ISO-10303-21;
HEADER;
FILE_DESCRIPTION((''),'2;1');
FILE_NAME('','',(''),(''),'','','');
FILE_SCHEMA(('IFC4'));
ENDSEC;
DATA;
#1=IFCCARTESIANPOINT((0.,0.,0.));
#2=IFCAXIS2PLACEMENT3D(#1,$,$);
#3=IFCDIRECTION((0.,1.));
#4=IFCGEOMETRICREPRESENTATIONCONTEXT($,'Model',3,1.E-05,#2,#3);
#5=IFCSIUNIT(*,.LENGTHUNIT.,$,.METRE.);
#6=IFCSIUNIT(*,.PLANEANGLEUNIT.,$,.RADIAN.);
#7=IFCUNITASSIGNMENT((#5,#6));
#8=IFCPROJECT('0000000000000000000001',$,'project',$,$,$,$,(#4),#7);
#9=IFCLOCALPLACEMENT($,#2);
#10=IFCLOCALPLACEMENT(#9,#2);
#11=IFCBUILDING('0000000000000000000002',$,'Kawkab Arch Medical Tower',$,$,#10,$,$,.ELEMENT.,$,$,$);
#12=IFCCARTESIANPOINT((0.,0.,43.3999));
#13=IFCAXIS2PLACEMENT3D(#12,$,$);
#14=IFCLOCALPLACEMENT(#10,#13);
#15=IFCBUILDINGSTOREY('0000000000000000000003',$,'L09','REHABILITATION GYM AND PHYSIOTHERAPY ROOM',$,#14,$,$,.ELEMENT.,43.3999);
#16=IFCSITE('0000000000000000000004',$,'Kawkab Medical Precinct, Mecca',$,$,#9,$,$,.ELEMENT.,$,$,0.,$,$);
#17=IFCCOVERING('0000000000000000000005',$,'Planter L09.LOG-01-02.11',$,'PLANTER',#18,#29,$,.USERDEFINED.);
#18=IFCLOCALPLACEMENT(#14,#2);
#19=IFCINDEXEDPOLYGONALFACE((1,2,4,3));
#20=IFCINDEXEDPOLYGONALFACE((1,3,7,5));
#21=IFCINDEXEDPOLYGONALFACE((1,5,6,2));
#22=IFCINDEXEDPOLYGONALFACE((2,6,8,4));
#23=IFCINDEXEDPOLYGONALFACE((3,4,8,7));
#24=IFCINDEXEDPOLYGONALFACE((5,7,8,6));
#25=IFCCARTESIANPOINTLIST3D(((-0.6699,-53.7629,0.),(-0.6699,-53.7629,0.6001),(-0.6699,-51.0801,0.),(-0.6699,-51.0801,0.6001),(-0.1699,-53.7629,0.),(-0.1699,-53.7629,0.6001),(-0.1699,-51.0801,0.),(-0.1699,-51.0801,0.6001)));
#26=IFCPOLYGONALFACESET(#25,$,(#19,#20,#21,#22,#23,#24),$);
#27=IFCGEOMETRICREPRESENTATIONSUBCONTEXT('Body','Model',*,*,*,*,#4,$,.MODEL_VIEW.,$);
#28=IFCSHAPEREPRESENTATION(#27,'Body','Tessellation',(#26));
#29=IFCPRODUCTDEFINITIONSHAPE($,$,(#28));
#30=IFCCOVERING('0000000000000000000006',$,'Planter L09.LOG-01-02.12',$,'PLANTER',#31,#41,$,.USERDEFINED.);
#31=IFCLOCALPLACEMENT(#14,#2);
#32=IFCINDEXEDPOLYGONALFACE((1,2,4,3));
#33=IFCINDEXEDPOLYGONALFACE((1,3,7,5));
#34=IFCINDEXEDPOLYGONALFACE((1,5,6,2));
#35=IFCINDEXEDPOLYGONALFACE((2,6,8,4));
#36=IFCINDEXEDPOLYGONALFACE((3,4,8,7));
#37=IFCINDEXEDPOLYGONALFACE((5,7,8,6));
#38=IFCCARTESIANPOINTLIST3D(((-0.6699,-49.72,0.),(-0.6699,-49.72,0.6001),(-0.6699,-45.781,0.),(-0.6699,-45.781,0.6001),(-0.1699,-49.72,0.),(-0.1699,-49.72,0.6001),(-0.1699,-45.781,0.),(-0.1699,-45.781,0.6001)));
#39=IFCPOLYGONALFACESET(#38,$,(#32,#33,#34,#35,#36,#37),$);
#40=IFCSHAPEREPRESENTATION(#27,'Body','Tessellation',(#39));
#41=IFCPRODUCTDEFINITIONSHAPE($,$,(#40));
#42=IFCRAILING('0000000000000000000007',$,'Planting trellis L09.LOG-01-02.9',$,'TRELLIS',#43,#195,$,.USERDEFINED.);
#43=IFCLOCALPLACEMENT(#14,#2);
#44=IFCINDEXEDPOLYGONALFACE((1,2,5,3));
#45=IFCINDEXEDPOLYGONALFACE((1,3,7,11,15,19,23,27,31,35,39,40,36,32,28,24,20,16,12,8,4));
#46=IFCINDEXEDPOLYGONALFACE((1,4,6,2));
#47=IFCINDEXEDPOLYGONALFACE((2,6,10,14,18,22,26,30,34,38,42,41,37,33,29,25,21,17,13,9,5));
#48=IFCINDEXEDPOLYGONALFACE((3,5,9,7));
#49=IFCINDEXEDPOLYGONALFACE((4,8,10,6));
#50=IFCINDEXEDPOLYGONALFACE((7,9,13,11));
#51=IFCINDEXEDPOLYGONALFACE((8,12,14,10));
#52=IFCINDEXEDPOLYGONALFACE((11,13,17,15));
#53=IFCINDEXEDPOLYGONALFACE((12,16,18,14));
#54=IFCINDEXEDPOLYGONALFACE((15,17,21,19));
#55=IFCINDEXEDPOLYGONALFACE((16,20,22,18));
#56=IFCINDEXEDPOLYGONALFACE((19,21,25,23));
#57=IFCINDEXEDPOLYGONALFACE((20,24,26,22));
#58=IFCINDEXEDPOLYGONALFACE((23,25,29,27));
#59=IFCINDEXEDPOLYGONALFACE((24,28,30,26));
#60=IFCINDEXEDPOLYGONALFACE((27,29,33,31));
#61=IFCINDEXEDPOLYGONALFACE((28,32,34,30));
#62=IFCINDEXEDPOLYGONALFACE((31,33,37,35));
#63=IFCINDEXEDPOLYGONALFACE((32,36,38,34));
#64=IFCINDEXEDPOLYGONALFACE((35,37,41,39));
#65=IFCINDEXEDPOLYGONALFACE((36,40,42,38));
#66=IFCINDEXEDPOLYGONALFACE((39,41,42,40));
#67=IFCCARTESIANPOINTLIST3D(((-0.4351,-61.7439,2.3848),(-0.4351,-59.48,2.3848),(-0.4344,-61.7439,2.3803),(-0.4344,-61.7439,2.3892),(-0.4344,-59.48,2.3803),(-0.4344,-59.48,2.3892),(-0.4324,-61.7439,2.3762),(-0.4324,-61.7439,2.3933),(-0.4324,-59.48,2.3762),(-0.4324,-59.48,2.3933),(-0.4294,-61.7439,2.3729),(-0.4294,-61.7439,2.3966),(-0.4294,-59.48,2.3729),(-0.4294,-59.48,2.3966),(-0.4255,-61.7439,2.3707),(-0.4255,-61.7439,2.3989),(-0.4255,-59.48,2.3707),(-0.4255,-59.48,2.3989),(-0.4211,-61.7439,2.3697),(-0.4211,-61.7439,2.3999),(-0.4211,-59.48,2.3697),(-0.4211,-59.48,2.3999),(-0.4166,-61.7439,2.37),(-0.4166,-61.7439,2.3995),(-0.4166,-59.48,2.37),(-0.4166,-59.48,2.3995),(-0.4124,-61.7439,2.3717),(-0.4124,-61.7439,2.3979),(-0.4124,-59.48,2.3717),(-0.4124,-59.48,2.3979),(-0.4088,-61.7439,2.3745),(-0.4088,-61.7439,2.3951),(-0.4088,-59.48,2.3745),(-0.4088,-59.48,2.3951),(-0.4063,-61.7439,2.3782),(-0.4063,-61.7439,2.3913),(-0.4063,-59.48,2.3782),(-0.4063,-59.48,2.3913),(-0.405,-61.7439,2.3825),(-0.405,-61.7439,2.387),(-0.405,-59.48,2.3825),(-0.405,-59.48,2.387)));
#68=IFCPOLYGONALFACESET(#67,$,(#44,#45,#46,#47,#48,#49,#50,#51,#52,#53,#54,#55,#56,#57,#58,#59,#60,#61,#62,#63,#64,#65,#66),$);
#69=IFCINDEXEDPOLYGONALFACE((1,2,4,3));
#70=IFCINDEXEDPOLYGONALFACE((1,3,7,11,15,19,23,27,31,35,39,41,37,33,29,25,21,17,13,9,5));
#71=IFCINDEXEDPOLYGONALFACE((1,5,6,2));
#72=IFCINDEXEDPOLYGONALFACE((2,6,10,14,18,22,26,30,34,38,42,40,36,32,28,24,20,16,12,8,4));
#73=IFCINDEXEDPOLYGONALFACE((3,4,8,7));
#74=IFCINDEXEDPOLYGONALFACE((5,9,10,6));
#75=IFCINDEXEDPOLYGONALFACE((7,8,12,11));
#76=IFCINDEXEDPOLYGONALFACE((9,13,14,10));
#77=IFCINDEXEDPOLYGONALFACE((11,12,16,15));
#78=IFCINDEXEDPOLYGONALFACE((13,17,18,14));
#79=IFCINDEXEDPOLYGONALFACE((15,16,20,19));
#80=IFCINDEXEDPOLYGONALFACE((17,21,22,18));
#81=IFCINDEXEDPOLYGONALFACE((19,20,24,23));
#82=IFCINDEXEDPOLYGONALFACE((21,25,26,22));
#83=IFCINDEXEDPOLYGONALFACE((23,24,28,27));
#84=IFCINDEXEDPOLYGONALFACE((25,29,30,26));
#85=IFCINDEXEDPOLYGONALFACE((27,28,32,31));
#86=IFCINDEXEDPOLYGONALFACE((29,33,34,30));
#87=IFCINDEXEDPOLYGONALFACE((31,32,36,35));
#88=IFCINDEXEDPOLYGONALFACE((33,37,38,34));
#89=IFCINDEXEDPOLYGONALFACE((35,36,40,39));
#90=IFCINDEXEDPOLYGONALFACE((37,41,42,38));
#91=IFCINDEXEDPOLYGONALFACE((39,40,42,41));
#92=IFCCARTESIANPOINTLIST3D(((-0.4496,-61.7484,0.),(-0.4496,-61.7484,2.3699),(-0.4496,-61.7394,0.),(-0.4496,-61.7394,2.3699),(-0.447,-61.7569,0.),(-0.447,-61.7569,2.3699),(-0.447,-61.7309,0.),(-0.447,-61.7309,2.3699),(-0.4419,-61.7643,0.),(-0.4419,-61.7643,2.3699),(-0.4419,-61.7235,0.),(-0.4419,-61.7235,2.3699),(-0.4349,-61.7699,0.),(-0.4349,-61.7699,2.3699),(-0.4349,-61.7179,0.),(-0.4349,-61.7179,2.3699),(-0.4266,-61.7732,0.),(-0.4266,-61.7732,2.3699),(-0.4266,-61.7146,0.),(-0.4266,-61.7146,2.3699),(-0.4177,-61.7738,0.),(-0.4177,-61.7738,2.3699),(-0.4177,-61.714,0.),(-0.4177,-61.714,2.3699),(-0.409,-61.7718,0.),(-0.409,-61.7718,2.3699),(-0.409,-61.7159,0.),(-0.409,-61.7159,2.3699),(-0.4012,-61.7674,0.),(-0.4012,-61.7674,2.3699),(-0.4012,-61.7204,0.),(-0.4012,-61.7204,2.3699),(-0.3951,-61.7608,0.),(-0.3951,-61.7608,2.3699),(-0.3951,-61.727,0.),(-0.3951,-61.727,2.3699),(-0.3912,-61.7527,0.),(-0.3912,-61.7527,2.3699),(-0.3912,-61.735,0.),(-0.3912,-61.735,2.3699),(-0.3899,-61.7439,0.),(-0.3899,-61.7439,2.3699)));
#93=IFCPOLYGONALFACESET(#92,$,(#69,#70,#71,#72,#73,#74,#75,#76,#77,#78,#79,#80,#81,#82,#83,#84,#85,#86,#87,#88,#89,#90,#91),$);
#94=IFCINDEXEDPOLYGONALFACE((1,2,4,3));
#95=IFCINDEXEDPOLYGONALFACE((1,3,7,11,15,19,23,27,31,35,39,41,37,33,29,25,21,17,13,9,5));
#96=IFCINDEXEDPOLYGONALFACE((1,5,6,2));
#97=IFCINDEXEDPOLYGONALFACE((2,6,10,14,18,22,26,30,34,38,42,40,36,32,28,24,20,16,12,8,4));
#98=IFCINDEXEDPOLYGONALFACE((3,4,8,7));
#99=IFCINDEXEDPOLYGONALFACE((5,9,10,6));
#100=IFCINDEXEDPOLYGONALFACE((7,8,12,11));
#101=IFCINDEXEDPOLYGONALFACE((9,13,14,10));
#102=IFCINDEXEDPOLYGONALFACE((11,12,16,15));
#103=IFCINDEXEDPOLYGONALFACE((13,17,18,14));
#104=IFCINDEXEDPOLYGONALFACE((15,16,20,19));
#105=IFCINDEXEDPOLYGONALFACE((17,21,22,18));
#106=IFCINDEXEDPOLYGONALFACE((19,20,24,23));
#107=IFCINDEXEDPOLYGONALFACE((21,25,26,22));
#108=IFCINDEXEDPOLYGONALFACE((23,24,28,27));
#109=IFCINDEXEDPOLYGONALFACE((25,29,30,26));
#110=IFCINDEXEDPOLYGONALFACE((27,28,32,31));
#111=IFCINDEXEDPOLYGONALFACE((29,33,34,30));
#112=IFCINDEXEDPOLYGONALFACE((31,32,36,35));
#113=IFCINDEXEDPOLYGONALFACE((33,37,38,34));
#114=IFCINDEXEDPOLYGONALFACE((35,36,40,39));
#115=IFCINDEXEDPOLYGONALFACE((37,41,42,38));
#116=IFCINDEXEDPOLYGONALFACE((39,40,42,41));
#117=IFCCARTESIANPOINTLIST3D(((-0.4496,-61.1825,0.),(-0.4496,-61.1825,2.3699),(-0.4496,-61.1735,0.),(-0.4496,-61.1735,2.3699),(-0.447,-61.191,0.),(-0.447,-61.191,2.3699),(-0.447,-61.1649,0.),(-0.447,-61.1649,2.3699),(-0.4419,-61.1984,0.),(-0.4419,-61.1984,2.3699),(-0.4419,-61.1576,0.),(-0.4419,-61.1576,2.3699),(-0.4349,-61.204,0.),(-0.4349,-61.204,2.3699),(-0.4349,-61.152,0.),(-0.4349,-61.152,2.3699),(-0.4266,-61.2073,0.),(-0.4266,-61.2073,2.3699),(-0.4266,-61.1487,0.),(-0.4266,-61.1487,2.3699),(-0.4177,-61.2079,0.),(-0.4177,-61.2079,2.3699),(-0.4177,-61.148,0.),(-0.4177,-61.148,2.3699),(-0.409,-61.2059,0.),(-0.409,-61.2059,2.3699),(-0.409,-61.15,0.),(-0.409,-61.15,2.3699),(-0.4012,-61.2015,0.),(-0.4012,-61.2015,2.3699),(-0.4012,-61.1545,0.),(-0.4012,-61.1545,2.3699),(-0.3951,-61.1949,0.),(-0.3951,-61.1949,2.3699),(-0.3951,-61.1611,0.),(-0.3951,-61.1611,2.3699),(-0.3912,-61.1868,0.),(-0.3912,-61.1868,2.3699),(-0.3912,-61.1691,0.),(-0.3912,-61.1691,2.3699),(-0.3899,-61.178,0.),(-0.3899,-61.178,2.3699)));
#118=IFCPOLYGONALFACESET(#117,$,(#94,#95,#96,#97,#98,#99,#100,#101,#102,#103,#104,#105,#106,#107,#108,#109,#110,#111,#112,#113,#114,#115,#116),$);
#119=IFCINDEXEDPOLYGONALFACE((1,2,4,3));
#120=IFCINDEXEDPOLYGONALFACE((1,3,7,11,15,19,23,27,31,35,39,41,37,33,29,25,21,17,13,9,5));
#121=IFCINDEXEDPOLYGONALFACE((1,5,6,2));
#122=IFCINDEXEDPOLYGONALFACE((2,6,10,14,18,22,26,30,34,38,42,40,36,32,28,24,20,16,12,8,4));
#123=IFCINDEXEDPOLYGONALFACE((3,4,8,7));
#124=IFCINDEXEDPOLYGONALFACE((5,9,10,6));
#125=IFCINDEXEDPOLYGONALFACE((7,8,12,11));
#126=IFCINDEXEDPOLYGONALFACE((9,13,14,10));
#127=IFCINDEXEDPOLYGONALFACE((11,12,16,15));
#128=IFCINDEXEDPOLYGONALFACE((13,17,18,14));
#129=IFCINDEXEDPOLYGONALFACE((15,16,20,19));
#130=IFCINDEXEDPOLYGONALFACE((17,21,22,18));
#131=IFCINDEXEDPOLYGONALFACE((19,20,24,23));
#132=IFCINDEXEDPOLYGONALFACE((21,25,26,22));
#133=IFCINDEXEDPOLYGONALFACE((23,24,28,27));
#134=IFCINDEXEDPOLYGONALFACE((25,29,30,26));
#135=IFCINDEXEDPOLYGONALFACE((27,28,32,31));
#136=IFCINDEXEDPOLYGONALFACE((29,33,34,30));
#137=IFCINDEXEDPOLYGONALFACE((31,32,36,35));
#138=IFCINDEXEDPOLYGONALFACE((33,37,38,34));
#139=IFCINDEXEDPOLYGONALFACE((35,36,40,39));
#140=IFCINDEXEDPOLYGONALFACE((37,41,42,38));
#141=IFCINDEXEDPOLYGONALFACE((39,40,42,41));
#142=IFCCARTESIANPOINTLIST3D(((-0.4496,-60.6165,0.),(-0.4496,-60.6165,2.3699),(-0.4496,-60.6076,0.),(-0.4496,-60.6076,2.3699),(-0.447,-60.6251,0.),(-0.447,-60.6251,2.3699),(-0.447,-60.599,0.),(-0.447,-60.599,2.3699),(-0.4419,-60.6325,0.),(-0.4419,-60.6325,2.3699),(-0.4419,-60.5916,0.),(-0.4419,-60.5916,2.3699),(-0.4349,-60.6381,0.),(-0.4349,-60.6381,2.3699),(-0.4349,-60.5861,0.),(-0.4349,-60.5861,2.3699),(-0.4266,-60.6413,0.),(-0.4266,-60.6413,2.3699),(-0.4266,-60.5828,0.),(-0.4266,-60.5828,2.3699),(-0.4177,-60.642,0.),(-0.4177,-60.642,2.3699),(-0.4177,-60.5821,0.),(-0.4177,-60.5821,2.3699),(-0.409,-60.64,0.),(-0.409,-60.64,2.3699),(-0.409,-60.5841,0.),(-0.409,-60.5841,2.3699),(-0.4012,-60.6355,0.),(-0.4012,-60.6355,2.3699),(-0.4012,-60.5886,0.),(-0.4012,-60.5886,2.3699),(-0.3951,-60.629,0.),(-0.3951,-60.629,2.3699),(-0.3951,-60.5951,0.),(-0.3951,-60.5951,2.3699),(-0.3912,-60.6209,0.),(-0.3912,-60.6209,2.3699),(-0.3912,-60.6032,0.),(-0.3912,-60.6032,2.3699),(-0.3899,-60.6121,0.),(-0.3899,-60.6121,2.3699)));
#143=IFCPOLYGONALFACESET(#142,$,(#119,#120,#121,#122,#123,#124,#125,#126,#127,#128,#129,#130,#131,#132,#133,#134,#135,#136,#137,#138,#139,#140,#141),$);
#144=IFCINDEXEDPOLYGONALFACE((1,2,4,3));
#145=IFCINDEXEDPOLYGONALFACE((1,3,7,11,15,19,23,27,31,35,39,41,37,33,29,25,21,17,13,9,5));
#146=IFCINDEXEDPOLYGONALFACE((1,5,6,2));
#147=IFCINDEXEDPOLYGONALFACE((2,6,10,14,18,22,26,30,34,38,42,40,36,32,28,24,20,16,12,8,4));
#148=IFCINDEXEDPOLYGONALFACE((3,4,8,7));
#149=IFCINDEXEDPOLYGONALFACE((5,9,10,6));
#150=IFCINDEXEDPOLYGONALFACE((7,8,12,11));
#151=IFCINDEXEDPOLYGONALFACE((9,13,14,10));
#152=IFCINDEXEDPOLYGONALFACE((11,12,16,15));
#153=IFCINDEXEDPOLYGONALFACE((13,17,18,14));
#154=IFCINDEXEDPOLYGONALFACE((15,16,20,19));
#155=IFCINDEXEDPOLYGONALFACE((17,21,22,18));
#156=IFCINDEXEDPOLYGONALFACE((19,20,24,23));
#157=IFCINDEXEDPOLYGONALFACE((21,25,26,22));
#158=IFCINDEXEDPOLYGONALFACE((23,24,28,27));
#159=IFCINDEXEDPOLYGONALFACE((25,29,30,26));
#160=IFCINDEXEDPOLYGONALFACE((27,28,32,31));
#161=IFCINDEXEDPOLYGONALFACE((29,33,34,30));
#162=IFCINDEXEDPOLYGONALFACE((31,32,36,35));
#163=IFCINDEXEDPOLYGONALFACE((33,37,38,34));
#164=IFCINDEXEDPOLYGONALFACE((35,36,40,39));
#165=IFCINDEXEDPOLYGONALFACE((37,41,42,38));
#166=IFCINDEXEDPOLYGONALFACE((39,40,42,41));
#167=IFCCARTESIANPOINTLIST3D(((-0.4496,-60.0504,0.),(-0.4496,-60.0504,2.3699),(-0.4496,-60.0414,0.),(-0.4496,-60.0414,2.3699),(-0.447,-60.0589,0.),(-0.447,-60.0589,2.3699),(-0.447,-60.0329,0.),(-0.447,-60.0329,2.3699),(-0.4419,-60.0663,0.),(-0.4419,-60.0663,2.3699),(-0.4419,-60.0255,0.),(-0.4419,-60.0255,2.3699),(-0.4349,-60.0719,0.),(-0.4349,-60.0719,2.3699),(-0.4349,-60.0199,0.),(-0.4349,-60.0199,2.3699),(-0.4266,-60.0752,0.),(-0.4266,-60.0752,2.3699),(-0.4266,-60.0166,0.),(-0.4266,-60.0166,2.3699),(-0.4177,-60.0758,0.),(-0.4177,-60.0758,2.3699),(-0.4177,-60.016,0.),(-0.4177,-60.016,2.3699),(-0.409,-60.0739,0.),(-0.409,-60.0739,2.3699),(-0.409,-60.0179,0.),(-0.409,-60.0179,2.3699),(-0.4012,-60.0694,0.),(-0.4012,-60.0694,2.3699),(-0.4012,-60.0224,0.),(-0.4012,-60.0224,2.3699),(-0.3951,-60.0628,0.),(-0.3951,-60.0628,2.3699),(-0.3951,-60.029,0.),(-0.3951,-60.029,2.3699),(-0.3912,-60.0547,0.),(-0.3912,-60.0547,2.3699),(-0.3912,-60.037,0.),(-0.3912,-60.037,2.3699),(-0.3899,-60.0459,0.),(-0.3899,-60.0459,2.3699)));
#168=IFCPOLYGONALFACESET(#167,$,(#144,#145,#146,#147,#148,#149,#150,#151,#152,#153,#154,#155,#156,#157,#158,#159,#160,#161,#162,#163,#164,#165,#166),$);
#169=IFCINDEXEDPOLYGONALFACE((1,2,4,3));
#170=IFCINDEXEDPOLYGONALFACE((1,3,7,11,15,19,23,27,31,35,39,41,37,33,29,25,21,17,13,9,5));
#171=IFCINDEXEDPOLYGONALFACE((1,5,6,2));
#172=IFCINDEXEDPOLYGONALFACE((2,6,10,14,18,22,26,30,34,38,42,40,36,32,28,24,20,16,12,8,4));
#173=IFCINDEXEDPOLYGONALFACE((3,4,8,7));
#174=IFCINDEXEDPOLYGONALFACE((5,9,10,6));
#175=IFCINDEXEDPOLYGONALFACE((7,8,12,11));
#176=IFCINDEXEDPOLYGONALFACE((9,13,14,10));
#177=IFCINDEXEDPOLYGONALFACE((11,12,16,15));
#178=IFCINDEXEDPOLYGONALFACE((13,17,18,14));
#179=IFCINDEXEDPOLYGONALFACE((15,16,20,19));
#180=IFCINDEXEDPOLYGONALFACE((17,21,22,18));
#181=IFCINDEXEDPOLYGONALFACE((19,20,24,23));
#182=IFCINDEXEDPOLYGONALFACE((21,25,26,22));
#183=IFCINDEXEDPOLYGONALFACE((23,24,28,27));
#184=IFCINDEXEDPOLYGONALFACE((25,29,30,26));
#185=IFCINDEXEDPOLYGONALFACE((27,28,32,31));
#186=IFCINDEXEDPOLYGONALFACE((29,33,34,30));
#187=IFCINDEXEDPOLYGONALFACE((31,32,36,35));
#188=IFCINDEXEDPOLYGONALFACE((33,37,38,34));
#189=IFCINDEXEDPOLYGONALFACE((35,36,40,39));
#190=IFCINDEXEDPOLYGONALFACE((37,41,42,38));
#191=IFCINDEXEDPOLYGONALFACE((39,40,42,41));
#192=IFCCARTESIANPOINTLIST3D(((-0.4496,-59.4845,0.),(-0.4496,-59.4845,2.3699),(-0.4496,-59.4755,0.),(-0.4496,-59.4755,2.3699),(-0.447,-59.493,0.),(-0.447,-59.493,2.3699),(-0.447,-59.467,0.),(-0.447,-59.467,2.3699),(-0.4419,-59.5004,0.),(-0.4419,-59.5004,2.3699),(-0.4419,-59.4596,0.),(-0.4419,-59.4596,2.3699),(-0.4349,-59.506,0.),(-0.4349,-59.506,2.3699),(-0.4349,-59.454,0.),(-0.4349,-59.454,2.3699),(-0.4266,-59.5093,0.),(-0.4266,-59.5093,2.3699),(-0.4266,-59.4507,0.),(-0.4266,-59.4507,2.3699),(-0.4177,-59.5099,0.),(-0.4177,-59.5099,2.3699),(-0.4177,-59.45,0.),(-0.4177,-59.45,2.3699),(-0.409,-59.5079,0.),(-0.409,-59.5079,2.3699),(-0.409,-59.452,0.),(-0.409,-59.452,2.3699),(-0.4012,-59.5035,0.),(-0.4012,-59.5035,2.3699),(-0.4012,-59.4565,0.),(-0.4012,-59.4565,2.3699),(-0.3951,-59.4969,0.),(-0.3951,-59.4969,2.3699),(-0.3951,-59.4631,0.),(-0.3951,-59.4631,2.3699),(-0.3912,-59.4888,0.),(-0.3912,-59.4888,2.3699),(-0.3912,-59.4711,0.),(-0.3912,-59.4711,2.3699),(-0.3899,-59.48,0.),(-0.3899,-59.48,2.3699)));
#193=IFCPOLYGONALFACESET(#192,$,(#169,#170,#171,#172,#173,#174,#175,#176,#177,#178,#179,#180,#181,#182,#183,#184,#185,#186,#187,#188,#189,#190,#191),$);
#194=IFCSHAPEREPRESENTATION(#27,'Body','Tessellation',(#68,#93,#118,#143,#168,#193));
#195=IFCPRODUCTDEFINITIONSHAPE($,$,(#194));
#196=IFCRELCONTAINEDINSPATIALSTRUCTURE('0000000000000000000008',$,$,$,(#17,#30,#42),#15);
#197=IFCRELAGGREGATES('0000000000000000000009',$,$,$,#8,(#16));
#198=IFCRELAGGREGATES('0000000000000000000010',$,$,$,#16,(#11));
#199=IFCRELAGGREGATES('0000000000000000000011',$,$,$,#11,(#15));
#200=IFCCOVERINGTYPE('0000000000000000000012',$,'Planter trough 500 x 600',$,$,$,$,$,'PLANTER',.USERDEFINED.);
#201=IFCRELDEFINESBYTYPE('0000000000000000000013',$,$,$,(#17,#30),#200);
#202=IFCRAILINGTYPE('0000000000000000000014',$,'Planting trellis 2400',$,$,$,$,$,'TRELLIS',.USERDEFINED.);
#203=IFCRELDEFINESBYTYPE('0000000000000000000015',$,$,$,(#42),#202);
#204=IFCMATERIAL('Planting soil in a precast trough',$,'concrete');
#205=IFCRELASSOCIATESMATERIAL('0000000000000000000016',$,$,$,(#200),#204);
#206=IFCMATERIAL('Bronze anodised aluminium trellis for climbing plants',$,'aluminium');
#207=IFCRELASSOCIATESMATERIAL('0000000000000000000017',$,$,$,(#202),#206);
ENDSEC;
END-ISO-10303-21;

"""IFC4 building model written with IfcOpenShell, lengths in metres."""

from ifc_helpers import new_model, si_unit, direction, frame, origin, origin_2d, place, context, subcontext, project, spatial, rectangle, circle, extrude, material, material_profile, profile_set, type_object, element, save


model = new_model("IFC4")

# Units and contexts
model_context = context("Model", 3, precision=1e-05, world=origin(), true_north=direction((0.0, 1.0)))
body_context = subcontext(model_context, "Body", "Model", "MODEL_VIEW")
ifc_project = project(units=[si_unit("LENGTHUNIT", "METRE"), si_unit("PLANEANGLEUNIT", "RADIAN")], contexts=[model_context])

# Site, building, storey
site_placement = place(None, origin())
site = spatial("IfcSite", under=ifc_project, at=site_placement, Name="Kawkab Medical Precinct, Mecca", CompositionType="ELEMENT", RefElevation=0.0)
building_placement = place(site_placement, origin())
building = spatial("IfcBuilding", under=site, at=building_placement, Name="Kawkab Arch Medical Tower", CompositionType="ELEMENT")
storey_placement = place(building_placement, frame((0.0, 0.0, 43.3999)))
storey = spatial("IfcBuildingStorey", under=building, at=storey_placement, Name="L09", Description="REHABILITATION GYM AND PHYSIOTHERAPY ROOM", CompositionType="ELEMENT", Elevation=43.3999)

# Coverings
ifc_material_1 = material(Name="Planting soil in a precast trough", Category="concrete")
ifc_material_profile_1 = material_profile(ifc_material_1, rectangle(XDim=0.5, YDim=0.6001, at=origin_2d()), Name="Trough 500x600")
ifc_profile_set_1 = profile_set([ifc_material_profile_1], Name="Planting soil in a precast trough")
covering_type_1 = type_object("IfcCoveringType", Name="Planter trough 500 x 600", ElementType="PLANTER", PredefinedType="USERDEFINED", material=ifc_profile_set_1)
covering_1_placement = place(storey_placement, frame((-0.4199, -53.7629, 0.3), z_axis=(0.0, 1.0, 0.0), x_axis=(-1.0, 0.0, 0.0)))
element("IfcCovering", 1, at=covering_1_placement, inside=storey, type_object=covering_type_1, Name="Planter L09.LOG-01-02.11", ObjectType="PLANTER", PredefinedType="USERDEFINED", context=body_context, shape_type="SweptSolid", body=[
    extrude(rectangle(XDim=0.5, YDim=0.6001, at=origin_2d()), origin(), (0.0, 0.0, 1.0), 2.6829),
])
covering_2_placement = place(storey_placement, frame((-0.4199, -49.72, 0.3), z_axis=(0.0, 1.0, 0.0), x_axis=(-1.0, 0.0, 0.0)))
element("IfcCovering", 2, at=covering_2_placement, inside=storey, type_object=covering_type_1, Name="Planter L09.LOG-01-02.12", ObjectType="PLANTER", PredefinedType="USERDEFINED", context=body_context, shape_type="SweptSolid", body=[
    extrude(rectangle(XDim=0.5, YDim=0.6001, at=origin_2d()), origin(), (0.0, 0.0, 1.0), 3.939),
])

# Railing
ifc_material_2 = material(Name="Bronze anodised aluminium trellis for climbing plants", Category="aluminium")
railing_type = type_object("IfcRailingType", Name="Planting trellis 2400", ElementType="TRELLIS", PredefinedType="USERDEFINED", material=ifc_material_2)
railing_1_placement = place(storey_placement, frame((-0.4199, -61.7439, 0.0)))
element("IfcRailing", 3, at=railing_1_placement, inside=storey, type_object=railing_type, Name="Planting trellis L09.LOG-01-02.9", ObjectType="TRELLIS", PredefinedType="USERDEFINED", context=body_context, shape_type="SweptSolid", body=[
    extrude(circle(Radius=0.0151, at=origin_2d()), frame((0.0, 0.0, 2.3848), z_axis=(0.0, 1.0, 0.0), x_axis=(-1.0, 0.0, 0.0)), (0.0, 0.0, 1.0), 2.2639),
    extrude(circle(Radius=0.03, at=origin_2d()), origin(), (0.0, 0.0, 1.0), 2.3699),
    extrude(circle(Radius=0.03, at=origin_2d()), frame((0.0, 0.5659, 0.0)), (0.0, 0.0, 1.0), 2.3699),
    extrude(circle(Radius=0.03, at=origin_2d()), frame((0.0, 1.1318, 0.0)), (0.0, 0.0, 1.0), 2.3699),
    extrude(circle(Radius=0.03, at=origin_2d()), frame((0.0, 1.698, 0.0)), (0.0, 0.0, 1.0), 2.3699),
    extrude(circle(Radius=0.03, at=origin_2d()), frame((0.0, 2.2639, 0.0)), (0.0, 0.0, 1.0), 2.3699),
])

save(model, "model.ifc")
